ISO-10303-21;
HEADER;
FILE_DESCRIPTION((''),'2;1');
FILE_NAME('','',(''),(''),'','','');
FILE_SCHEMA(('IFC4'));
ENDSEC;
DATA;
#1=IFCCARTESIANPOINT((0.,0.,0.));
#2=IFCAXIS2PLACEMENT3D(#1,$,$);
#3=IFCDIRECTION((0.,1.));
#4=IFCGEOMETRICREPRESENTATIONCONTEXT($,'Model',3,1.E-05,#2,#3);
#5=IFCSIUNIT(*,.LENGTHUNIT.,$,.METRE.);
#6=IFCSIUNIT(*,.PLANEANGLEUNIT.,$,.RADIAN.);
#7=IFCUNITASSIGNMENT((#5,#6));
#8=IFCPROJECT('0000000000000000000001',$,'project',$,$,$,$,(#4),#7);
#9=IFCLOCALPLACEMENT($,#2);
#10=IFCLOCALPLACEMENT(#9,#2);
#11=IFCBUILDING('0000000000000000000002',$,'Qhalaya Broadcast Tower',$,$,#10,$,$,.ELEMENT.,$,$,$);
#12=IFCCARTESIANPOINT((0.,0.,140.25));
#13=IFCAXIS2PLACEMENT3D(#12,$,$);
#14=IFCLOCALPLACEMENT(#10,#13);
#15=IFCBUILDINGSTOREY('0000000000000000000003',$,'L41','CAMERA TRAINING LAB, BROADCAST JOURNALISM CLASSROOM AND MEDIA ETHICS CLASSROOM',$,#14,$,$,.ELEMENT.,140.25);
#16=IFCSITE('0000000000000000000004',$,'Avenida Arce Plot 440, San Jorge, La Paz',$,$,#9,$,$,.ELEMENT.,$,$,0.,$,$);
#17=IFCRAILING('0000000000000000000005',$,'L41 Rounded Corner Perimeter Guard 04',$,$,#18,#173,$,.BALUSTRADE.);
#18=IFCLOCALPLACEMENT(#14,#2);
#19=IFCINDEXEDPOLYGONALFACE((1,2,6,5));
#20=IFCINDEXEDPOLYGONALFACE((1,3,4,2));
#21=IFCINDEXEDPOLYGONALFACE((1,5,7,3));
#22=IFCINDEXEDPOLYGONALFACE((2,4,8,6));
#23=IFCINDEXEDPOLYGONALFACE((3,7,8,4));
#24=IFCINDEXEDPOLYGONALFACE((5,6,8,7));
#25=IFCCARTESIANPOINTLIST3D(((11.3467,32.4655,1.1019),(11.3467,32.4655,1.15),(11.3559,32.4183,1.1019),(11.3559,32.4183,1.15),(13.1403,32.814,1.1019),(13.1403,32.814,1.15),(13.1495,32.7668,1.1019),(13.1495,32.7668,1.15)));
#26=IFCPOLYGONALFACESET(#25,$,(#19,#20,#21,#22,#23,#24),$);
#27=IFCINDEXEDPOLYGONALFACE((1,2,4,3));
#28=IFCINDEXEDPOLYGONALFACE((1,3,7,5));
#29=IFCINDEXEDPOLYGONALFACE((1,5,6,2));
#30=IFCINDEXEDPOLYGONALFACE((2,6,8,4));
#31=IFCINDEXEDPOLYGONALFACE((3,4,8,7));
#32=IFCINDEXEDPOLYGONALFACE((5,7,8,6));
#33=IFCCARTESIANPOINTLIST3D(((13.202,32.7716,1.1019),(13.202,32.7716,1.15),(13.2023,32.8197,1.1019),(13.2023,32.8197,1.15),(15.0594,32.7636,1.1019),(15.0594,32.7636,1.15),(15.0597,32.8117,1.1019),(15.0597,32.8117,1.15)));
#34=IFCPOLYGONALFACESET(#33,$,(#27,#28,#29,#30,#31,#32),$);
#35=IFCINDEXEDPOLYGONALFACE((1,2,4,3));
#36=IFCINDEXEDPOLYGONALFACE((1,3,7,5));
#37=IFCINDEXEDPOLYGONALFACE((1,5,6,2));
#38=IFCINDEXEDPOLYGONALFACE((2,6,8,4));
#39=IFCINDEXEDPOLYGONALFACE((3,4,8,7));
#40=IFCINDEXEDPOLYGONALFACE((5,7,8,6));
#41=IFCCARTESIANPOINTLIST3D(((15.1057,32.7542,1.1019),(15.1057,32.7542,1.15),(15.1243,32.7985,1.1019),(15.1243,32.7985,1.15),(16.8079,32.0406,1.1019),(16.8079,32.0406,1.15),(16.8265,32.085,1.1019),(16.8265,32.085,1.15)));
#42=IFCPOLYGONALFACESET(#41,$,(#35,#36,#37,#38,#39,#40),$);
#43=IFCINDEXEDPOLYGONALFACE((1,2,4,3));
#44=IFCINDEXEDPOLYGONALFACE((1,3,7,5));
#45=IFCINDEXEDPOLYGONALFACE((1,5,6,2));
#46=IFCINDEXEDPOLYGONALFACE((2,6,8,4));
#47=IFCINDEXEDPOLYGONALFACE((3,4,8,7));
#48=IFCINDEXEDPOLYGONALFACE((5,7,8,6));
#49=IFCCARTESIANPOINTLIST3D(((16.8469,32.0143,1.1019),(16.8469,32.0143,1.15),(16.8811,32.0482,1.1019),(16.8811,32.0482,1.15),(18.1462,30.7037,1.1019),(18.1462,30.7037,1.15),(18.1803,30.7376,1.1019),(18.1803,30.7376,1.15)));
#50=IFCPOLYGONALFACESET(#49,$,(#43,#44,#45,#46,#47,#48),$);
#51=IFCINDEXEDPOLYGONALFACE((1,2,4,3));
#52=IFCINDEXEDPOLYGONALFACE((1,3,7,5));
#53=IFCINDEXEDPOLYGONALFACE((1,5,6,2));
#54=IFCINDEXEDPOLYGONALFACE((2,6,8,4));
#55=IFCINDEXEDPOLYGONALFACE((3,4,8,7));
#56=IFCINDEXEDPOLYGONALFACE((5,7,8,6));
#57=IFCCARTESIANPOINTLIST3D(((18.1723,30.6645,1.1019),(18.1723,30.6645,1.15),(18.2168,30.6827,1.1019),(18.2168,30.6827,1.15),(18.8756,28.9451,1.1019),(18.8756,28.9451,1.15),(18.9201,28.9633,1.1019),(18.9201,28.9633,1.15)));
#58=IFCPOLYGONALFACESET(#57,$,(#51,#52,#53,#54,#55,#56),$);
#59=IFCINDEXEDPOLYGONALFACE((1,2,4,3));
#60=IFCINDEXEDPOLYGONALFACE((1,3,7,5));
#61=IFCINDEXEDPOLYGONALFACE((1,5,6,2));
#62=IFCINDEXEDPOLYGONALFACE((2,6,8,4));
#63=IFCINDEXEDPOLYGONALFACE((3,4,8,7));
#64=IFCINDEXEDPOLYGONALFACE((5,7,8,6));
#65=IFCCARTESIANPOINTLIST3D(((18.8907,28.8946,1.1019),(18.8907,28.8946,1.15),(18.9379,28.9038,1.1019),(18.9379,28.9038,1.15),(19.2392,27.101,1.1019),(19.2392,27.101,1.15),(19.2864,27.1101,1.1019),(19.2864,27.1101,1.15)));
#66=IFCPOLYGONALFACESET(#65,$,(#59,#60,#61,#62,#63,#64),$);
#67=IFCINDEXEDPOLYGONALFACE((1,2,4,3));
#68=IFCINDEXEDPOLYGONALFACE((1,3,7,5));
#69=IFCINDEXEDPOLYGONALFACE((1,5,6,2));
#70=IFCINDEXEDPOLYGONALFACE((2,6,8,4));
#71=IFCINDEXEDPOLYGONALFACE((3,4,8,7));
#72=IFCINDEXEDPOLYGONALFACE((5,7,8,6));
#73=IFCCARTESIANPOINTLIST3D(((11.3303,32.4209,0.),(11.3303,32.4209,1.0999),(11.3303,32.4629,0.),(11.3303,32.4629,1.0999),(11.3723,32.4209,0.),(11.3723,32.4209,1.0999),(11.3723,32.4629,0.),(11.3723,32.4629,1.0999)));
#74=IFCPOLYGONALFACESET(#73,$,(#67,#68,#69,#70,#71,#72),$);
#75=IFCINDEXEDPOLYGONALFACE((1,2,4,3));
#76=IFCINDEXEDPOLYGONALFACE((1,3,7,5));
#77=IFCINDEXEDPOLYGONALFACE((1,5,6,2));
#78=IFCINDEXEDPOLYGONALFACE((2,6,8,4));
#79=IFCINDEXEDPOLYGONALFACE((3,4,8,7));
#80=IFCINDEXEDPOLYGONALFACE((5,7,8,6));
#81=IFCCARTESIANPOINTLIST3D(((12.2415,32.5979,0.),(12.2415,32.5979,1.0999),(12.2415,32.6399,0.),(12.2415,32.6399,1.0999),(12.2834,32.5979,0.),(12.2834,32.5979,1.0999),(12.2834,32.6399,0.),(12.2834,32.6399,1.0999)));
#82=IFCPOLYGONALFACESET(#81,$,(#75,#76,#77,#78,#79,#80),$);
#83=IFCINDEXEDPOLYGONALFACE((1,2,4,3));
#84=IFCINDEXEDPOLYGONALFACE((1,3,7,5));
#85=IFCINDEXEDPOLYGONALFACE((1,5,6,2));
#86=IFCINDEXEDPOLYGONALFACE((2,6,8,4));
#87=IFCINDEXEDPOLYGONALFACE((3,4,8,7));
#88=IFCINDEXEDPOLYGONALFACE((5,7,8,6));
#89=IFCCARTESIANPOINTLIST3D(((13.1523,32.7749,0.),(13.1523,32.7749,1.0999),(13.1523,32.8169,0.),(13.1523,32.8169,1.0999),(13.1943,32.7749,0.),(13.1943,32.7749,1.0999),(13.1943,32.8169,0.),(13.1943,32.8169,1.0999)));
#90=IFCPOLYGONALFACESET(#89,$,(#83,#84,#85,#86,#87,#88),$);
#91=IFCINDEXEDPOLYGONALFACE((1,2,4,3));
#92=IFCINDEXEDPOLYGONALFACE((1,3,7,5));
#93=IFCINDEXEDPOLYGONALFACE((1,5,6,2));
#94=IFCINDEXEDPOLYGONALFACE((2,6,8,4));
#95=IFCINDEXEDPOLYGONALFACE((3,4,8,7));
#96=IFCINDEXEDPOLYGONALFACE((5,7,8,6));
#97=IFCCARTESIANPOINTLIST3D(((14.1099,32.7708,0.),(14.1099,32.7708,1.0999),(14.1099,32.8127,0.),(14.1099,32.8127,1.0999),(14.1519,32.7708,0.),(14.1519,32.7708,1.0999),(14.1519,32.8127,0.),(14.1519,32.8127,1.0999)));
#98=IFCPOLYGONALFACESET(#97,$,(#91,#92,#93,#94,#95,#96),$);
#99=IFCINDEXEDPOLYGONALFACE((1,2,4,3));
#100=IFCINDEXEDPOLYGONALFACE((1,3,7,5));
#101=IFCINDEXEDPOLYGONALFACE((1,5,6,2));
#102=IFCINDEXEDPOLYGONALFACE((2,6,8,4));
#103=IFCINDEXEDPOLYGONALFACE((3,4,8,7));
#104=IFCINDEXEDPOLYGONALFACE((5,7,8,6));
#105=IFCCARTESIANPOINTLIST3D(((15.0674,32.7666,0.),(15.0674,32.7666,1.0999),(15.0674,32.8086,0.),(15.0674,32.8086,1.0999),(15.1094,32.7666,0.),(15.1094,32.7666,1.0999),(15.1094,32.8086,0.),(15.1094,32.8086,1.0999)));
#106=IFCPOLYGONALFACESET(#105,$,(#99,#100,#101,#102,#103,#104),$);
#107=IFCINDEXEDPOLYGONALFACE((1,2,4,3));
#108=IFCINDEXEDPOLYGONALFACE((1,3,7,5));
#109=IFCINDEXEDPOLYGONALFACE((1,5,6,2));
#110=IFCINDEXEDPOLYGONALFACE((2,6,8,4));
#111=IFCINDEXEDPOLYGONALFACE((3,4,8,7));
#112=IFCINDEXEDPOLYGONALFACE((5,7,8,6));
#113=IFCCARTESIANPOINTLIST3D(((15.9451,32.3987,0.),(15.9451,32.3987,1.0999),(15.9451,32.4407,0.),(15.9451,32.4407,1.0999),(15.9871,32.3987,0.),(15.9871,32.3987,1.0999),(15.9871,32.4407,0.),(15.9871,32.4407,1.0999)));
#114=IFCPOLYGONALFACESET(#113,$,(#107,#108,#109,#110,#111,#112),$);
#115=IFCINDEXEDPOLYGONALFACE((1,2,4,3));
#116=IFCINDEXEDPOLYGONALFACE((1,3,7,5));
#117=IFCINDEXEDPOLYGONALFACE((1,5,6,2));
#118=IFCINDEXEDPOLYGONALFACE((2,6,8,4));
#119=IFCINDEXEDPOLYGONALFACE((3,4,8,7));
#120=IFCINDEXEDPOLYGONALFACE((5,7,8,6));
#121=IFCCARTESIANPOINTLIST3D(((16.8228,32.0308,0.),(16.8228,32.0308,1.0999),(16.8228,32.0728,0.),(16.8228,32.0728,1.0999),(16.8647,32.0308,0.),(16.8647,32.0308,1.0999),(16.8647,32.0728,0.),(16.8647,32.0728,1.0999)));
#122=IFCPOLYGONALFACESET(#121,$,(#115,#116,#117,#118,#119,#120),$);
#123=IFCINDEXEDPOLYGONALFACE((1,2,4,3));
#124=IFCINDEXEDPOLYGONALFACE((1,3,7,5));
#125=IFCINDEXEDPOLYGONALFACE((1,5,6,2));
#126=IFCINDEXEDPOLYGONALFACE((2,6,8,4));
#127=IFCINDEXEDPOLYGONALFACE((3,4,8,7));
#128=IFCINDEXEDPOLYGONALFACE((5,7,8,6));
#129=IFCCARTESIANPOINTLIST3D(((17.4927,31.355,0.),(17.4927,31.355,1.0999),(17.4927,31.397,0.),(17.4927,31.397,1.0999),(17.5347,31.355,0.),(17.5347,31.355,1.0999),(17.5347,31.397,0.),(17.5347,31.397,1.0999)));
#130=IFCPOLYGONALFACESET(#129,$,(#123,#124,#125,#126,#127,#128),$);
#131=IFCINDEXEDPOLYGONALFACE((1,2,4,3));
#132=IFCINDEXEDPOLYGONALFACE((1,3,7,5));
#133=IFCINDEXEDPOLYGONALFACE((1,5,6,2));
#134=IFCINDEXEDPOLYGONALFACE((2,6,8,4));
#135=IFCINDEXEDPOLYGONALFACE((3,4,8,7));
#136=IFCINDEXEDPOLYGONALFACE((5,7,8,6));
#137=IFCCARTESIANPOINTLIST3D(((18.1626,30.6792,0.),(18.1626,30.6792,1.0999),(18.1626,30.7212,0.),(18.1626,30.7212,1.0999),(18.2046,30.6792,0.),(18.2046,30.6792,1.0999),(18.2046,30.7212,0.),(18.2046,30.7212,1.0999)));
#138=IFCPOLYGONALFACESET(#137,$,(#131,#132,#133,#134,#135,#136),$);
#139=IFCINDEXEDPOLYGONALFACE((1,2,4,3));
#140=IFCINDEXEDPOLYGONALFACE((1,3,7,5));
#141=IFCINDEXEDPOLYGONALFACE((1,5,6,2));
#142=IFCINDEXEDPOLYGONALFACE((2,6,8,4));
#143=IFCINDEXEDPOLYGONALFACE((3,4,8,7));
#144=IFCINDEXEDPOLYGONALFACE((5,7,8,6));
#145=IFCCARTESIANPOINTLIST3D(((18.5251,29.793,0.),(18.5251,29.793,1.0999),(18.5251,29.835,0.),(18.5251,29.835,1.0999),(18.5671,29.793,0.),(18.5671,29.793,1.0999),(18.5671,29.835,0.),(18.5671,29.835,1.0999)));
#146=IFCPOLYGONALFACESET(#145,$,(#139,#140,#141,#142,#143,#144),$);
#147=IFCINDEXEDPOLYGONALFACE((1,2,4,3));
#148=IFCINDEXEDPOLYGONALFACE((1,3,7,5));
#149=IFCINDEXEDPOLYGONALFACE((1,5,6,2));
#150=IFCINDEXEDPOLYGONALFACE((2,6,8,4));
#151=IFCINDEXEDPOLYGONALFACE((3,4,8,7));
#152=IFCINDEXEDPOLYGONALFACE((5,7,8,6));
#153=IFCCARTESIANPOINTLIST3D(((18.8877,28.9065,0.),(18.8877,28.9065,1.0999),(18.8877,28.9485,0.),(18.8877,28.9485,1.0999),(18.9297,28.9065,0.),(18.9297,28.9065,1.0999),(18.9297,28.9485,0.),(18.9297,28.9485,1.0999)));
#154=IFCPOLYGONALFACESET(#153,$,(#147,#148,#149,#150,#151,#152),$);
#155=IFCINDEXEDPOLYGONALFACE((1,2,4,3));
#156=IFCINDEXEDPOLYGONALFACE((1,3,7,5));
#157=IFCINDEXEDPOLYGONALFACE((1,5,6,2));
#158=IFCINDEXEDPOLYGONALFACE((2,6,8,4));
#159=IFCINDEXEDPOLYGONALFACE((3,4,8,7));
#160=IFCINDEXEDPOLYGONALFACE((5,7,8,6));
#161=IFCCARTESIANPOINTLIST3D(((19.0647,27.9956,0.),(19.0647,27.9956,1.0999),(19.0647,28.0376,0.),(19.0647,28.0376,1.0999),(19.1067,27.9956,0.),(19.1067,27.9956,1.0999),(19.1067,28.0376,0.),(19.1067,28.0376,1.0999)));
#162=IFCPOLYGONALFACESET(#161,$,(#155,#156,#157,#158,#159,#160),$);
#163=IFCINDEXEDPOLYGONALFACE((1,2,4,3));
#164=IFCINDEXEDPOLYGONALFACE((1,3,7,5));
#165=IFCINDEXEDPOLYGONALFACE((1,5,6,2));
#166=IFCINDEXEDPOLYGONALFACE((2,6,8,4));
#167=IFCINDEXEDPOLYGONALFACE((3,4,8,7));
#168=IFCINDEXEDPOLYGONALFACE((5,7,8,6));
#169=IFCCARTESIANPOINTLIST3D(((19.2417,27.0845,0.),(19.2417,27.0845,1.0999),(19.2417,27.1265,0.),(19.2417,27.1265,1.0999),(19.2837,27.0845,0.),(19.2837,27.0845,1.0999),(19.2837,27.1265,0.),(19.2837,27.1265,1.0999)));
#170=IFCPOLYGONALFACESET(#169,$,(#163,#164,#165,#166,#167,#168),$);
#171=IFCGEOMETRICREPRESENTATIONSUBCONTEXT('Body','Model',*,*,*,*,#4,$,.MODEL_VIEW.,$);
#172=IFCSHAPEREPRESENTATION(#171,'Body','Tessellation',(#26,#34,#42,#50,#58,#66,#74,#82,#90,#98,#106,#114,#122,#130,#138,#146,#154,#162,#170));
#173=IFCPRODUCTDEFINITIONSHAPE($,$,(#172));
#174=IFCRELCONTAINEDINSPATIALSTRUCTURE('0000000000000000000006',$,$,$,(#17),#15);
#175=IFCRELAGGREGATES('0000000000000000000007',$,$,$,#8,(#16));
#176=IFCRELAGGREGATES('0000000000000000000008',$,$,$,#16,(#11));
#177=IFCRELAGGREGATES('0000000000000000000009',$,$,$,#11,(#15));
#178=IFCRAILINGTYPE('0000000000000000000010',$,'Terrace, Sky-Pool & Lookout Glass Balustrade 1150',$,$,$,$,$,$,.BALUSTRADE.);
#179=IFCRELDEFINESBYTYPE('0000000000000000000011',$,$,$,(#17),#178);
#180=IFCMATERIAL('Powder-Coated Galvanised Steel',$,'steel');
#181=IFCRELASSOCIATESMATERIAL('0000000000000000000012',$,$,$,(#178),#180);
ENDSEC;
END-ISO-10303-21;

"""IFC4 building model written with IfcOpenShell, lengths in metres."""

from ifc_helpers import new_model, si_unit, direction, frame, origin, origin_2d, place, context, subcontext, project, spatial, rectangle, extrude, material, type_object, element, save


model = new_model("IFC4")

# Units and contexts
model_context = context("Model", 3, precision=1e-05, world=origin(), true_north=direction((0.0, 1.0)))
body_context = subcontext(model_context, "Body", "Model", "MODEL_VIEW")
ifc_project = project(units=[si_unit("LENGTHUNIT", "METRE"), si_unit("PLANEANGLEUNIT", "RADIAN")], contexts=[model_context])

# Site, building, storey
site_placement = place(None, origin())
site = spatial("IfcSite", under=ifc_project, at=site_placement, Name="Avenida Arce Plot 440, San Jorge, La Paz", CompositionType="ELEMENT", RefElevation=0.0)
building_placement = place(site_placement, origin())
building = spatial("IfcBuilding", under=site, at=building_placement, Name="Qhalaya Broadcast Tower", CompositionType="ELEMENT")
storey_placement = place(building_placement, frame((0.0, 0.0, 140.25)))
storey = spatial("IfcBuildingStorey", under=building, at=storey_placement, Name="L41", Description="CAMERA TRAINING LAB, BROADCAST JOURNALISM CLASSROOM AND MEDIA ETHICS CLASSROOM", CompositionType="ELEMENT", Elevation=140.25)

# Railing
ifc_material_1 = material(Name="Powder-Coated Galvanised Steel", Category="steel")
railing_type = type_object("IfcRailingType", Name="Terrace, Sky-Pool & Lookout Glass Balustrade 1150", PredefinedType="BALUSTRADE", material=ifc_material_1)
railing_placement = place(storey_placement, frame((11.3513, 32.4419, 0.0)))
element("IfcRailing", 1, at=railing_placement, inside=storey, type_object=railing_type, Name="L41 Rounded Corner Perimeter Guard 04", PredefinedType="BALUSTRADE", context=body_context, shape_type="SweptSolid", body=[
    extrude(rectangle(XDim=0.0481, YDim=0.0481, at=origin_2d()), frame((0.0, 0.0, 1.126), z_axis=(0.981643, 0.190725, 0.0), x_axis=(-0.190725, 0.981643, 0.0)), (0.0, 0.0, 1.0), 1.8271),
    extrude(rectangle(XDim=0.0481, YDim=0.0481, at=origin_2d()), frame((1.8508, 0.3538, 1.126), z_axis=(0.999991, -0.004334, 0.0), x_axis=(0.004334, 0.999991, 0.0)), (0.0, 0.0, 1.0), 1.8574),
    extrude(rectangle(XDim=0.0481, YDim=0.0481, at=origin_2d()), frame((3.7637, 0.3345, 1.126), z_axis=(0.922247, -0.3866, 0.0), x_axis=(0.3866, 0.922247, 0.0)), (0.0, 0.0, 1.0), 1.8457),
    extrude(rectangle(XDim=0.0481, YDim=0.0481, at=origin_2d()), frame((5.5127, -0.4106, 1.126), z_axis=(0.704021, -0.710179, 0.0), x_axis=(0.710179, 0.704021, 0.0)), (0.0, 0.0, 1.0), 1.8455),
    extrude(rectangle(XDim=0.0481, YDim=0.0481, at=origin_2d()), frame((6.8433, -1.7683, 1.126), z_axis=(0.378588, -0.925565, 0.0), x_axis=(0.925565, 0.378588, 0.0)), (0.0, 0.0, 1.0), 1.8577),
    extrude(rectangle(XDim=0.0481, YDim=0.0481, at=origin_2d()), frame((7.563, -3.5427, 1.126), z_axis=(0.190725, -0.981643, 0.0), x_axis=(0.981643, 0.190725, 0.0)), (0.0, 0.0, 1.0), 1.8271),
    extrude(rectangle(XDim=0.042, YDim=0.042, at=origin_2d()), origin(), (0.0, 0.0, 1.0), 1.0999),
    extrude(rectangle(XDim=0.042, YDim=0.042, at=origin_2d()), frame((0.9111, 0.177, 0.0)), (0.0, 0.0, 1.0), 1.0999),
    extrude(rectangle(XDim=0.042, YDim=0.042, at=origin_2d()), frame((1.822, 0.354, 0.0)), (0.0, 0.0, 1.0), 1.0999),
    extrude(rectangle(XDim=0.042, YDim=0.042, at=origin_2d()), frame((2.7795, 0.3499, 0.0)), (0.0, 0.0, 1.0), 1.0999),
    extrude(rectangle(XDim=0.042, YDim=0.042, at=origin_2d()), frame((3.7371, 0.3457, 0.0)), (0.0, 0.0, 1.0), 1.0999),
    extrude(rectangle(XDim=0.042, YDim=0.042, at=origin_2d()), frame((4.6147, -0.0222, 0.0)), (0.0, 0.0, 1.0), 1.0999),
    extrude(rectangle(XDim=0.042, YDim=0.042, at=origin_2d()), frame((5.4924, -0.3901, 0.0)), (0.0, 0.0, 1.0), 1.0999),
    extrude(rectangle(XDim=0.042, YDim=0.042, at=origin_2d()), frame((6.1624, -1.0659, 0.0)), (0.0, 0.0, 1.0), 1.0999),
    extrude(rectangle(XDim=0.042, YDim=0.042, at=origin_2d()), frame((6.8323, -1.7417, 0.0)), (0.0, 0.0, 1.0), 1.0999),
    extrude(rectangle(XDim=0.042, YDim=0.042, at=origin_2d()), frame((7.1948, -2.6279, 0.0)), (0.0, 0.0, 1.0), 1.0999),
    extrude(rectangle(XDim=0.042, YDim=0.042, at=origin_2d()), frame((7.5574, -3.5144, 0.0)), (0.0, 0.0, 1.0), 1.0999),
    extrude(rectangle(XDim=0.042, YDim=0.042, at=origin_2d()), frame((7.7344, -4.4253, 0.0)), (0.0, 0.0, 1.0), 1.0999),
    extrude(rectangle(XDim=0.042, YDim=0.042, at=origin_2d()), frame((7.9114, -5.3364, 0.0)), (0.0, 0.0, 1.0), 1.0999),
])

save(model, "model.ifc")
